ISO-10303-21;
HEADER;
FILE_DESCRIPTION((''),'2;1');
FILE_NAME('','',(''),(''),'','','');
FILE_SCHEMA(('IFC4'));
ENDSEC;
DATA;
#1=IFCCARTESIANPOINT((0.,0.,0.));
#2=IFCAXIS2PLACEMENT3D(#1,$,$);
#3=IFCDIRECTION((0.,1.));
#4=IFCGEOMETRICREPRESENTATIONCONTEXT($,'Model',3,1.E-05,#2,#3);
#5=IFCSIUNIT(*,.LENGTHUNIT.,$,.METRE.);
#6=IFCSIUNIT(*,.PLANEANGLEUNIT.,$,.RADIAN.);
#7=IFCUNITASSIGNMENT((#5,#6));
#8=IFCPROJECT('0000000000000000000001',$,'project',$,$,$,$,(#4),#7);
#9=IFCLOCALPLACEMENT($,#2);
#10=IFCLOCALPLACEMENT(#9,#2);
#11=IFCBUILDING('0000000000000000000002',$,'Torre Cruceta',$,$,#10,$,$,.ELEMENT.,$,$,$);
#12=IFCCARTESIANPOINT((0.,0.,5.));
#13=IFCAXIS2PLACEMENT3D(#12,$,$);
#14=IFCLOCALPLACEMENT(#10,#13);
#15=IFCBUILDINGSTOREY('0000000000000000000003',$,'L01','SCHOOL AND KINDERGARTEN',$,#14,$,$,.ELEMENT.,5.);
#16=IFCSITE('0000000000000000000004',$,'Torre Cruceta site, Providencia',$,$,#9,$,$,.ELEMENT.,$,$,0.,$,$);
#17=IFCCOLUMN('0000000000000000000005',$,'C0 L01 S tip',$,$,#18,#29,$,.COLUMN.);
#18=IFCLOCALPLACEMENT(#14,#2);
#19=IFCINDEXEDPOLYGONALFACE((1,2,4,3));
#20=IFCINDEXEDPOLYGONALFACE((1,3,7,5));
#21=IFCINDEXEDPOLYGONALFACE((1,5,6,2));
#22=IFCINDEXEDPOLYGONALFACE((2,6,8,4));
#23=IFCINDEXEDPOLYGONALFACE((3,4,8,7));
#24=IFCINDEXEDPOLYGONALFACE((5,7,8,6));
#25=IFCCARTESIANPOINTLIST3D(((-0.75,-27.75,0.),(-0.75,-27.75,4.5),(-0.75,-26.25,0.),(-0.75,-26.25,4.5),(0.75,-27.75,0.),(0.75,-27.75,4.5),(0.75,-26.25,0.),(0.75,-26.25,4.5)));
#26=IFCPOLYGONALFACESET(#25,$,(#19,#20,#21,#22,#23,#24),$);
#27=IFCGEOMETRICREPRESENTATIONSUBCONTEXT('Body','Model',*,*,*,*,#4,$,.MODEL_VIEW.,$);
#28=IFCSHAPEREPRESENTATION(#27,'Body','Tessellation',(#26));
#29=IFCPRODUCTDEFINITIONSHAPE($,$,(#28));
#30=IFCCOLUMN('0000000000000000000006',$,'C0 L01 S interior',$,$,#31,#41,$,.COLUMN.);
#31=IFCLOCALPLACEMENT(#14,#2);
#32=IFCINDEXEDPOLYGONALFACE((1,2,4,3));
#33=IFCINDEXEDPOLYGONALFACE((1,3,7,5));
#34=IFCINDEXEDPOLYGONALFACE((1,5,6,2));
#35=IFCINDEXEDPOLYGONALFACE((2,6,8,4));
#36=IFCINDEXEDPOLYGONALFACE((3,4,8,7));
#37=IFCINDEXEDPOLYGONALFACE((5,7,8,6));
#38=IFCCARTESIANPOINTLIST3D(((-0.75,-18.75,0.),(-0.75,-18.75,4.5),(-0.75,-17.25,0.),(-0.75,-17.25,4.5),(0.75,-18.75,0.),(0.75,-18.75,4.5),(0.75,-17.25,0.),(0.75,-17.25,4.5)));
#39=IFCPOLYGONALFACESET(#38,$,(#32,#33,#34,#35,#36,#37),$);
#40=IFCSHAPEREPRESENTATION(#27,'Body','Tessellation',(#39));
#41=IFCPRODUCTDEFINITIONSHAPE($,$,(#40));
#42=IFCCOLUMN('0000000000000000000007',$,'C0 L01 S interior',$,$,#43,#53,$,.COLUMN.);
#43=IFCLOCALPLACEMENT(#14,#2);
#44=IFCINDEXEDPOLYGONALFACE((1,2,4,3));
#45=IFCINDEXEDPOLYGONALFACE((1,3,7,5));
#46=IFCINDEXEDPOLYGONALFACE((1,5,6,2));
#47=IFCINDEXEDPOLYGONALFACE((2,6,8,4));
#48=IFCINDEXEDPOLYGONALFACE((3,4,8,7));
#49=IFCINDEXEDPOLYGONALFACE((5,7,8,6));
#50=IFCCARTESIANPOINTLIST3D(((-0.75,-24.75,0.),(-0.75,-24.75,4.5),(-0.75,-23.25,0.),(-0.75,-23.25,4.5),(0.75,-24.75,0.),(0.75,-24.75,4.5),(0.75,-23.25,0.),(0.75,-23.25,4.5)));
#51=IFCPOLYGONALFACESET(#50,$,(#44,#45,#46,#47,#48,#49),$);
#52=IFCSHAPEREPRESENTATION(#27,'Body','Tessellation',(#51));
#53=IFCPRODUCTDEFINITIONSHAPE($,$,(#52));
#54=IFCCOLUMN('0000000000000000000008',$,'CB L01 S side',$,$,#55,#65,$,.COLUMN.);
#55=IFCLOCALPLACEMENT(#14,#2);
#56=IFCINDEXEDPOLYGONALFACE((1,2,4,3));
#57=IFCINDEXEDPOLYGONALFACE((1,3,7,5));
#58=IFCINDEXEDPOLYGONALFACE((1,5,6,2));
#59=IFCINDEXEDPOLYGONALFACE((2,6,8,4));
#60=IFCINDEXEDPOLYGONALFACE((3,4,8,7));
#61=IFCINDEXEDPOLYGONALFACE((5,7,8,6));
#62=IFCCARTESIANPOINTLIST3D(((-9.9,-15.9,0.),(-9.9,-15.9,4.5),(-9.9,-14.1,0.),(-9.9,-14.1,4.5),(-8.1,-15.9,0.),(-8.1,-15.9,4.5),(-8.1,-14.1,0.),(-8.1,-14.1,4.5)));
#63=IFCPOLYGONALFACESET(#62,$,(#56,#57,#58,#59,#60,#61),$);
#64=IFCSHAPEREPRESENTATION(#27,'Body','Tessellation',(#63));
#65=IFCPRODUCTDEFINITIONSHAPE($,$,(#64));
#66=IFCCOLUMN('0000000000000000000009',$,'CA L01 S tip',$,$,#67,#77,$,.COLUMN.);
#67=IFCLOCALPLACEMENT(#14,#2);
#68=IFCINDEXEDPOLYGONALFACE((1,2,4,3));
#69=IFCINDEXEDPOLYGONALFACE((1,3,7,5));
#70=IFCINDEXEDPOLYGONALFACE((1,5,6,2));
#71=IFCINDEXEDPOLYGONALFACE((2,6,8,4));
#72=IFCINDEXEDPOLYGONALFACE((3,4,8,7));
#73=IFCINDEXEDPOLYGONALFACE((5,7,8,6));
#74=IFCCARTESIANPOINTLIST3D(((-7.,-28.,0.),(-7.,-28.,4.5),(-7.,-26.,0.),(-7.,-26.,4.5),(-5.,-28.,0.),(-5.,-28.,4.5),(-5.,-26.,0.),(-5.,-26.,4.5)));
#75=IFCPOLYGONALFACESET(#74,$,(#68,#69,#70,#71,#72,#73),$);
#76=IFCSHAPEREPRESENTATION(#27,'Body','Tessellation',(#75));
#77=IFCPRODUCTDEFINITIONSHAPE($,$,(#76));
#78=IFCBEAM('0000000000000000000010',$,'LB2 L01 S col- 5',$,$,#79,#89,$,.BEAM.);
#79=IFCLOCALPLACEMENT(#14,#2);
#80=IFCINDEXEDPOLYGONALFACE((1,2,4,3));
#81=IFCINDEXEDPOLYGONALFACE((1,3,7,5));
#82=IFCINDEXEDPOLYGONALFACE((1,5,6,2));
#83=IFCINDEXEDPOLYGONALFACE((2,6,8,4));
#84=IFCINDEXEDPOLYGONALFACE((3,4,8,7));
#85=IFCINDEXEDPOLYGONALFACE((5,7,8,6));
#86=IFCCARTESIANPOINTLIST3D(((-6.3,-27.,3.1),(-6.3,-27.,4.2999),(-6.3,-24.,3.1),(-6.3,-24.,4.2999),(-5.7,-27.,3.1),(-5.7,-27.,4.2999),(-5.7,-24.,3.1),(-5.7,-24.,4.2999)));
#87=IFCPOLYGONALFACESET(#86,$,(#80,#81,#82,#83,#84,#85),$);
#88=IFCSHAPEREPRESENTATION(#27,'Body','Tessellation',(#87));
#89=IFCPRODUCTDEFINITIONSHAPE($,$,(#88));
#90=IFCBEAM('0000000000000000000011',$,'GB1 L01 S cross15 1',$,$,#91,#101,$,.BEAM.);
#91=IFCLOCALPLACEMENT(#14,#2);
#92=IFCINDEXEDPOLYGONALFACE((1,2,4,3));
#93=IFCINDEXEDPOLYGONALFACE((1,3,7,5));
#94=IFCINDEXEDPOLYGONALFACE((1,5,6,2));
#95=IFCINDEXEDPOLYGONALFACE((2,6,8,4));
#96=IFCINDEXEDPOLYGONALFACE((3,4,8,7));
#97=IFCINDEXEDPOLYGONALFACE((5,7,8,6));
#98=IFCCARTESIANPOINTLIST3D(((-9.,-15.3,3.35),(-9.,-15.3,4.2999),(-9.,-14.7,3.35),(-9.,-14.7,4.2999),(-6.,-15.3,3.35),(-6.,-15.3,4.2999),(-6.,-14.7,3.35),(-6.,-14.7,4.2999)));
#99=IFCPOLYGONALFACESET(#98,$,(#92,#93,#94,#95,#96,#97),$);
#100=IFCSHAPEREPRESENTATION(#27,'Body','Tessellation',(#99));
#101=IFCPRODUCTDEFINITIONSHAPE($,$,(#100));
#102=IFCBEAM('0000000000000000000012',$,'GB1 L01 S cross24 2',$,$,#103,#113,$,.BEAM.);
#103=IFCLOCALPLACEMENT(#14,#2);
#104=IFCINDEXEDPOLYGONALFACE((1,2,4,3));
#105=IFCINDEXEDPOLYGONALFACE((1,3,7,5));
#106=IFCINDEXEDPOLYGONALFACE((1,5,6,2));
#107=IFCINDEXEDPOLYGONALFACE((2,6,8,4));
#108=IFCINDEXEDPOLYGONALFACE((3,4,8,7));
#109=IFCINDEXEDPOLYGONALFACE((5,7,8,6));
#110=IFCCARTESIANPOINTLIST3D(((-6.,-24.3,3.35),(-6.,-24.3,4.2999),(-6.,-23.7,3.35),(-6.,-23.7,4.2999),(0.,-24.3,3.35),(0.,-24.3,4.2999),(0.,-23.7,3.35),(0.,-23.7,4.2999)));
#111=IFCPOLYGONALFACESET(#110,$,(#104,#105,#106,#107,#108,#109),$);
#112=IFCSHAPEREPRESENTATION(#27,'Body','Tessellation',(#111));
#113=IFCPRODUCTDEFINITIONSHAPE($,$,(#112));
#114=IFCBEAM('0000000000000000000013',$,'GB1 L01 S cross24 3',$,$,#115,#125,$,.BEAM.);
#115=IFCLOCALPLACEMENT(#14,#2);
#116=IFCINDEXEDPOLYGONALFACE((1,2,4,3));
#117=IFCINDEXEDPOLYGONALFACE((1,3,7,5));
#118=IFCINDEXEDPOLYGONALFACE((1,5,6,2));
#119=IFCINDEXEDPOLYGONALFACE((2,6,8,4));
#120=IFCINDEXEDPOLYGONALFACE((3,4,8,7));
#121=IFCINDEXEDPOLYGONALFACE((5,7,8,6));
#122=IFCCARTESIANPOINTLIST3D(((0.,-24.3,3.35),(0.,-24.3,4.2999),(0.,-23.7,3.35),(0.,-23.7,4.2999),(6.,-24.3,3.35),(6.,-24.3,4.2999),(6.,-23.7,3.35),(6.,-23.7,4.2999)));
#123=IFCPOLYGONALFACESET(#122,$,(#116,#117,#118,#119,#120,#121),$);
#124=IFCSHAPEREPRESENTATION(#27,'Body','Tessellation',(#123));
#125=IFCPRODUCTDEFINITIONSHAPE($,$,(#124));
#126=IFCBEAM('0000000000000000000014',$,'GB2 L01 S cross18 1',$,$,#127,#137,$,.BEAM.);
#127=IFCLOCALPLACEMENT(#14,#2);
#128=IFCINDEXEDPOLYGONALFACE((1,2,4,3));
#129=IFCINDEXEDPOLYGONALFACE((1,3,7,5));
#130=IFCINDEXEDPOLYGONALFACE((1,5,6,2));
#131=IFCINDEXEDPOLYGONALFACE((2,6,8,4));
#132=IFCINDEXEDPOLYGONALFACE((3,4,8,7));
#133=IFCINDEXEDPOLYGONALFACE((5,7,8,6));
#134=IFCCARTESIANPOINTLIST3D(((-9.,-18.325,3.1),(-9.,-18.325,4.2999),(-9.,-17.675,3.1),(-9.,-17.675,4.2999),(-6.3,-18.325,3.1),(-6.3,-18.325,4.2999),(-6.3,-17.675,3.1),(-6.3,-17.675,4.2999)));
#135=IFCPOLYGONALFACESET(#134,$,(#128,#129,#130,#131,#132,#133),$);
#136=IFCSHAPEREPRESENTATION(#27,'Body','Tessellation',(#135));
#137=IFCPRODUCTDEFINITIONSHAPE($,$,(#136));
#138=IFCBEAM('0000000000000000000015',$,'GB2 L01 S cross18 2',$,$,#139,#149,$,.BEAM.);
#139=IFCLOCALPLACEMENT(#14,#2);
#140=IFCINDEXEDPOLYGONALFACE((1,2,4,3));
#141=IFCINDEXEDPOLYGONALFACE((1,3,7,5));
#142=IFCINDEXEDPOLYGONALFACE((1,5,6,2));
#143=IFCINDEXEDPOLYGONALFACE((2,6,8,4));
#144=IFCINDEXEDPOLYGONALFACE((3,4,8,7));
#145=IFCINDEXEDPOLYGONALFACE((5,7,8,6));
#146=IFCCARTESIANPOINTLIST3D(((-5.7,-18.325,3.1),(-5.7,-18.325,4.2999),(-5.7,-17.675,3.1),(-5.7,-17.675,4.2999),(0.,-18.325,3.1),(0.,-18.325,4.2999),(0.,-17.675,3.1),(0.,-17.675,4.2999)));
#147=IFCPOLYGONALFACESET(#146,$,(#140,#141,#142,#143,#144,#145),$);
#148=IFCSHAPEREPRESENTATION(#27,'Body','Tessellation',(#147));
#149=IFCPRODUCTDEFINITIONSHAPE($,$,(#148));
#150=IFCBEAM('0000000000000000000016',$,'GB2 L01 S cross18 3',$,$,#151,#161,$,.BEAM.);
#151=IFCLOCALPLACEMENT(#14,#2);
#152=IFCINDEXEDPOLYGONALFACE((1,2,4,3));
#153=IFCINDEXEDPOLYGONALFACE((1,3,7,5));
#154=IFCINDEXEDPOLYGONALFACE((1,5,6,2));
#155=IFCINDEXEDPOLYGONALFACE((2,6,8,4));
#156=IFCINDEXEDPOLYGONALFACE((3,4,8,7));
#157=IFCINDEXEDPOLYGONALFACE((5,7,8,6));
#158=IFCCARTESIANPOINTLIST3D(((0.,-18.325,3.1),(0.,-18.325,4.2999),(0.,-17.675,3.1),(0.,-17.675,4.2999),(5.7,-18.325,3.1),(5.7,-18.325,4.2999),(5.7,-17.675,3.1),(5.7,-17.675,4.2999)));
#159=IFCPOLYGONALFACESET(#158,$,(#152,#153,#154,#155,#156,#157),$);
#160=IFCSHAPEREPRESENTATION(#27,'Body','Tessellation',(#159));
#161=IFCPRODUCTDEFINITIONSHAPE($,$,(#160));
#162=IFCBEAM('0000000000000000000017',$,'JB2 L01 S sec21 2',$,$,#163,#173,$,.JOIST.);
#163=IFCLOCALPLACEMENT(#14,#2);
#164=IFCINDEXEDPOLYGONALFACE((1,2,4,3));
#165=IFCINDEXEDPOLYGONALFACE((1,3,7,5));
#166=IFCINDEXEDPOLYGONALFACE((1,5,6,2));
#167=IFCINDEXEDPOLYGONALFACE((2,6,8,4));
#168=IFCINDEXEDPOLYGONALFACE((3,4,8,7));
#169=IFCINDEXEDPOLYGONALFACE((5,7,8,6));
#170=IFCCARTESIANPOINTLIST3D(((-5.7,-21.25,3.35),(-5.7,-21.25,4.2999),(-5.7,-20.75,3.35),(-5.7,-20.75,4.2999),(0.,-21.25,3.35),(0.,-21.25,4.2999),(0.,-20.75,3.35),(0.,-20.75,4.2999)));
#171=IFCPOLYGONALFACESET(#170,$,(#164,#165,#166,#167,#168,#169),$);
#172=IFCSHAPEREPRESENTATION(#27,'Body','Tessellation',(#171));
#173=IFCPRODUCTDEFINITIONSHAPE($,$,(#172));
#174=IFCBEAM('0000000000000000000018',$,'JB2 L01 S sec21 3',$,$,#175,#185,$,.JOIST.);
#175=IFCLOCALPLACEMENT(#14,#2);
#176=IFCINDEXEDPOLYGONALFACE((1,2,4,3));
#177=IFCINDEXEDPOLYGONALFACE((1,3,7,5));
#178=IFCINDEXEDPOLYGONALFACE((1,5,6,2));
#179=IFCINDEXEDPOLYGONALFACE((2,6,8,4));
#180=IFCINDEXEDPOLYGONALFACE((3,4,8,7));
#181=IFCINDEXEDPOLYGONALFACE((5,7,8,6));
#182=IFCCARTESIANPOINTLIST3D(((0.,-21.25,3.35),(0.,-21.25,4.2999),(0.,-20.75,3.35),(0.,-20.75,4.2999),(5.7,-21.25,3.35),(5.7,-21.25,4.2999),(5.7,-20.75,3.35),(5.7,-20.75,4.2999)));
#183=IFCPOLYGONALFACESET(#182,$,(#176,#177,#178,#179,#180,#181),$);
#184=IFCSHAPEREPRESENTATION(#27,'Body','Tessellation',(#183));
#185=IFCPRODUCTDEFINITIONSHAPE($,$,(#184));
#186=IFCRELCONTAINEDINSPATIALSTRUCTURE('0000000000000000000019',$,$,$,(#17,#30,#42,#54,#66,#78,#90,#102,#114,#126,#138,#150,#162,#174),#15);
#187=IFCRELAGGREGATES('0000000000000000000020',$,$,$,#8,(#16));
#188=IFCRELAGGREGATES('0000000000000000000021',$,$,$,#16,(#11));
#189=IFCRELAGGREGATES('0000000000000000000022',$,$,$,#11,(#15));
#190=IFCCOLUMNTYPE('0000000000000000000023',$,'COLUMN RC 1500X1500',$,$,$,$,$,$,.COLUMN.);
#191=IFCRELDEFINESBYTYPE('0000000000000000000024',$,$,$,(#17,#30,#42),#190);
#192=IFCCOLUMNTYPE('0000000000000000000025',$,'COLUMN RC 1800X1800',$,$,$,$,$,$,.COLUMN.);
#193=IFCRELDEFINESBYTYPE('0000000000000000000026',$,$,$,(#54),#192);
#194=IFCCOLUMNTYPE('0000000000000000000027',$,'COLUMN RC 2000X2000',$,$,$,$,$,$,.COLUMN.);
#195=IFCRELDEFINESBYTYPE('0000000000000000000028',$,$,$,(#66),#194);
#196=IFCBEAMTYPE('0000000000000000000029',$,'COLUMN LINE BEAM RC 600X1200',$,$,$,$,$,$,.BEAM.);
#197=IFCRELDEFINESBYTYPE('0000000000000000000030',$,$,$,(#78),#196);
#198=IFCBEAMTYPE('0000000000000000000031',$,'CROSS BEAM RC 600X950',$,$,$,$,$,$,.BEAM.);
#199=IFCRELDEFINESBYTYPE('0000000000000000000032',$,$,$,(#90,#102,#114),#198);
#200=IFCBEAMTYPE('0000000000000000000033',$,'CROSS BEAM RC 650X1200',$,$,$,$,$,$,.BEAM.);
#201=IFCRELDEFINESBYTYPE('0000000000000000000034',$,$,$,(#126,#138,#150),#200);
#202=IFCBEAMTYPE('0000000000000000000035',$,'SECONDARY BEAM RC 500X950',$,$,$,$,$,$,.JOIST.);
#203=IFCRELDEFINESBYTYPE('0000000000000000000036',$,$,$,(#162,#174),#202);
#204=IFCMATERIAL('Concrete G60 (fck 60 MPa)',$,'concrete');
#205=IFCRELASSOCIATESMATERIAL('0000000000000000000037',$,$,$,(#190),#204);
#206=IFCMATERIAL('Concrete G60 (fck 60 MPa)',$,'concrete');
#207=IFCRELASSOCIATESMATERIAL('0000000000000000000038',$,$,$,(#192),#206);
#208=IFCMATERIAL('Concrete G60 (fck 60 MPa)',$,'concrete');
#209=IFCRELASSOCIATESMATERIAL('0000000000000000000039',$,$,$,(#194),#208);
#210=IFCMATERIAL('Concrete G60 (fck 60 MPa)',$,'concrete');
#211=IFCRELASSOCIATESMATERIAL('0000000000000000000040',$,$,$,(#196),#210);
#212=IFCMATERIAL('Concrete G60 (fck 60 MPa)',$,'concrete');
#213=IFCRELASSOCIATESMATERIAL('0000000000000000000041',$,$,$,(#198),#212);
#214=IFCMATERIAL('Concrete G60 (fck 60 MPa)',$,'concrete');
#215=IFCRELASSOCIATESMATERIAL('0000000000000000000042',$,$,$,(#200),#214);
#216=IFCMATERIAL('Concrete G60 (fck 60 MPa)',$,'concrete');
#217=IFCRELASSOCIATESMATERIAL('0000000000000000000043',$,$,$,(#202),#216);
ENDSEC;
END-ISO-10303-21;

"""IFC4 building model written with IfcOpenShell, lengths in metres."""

from ifc_helpers import new_model, si_unit, direction, frame, origin, origin_2d, place, context, subcontext, project, spatial, rectangle, extrude, material, material_profile, profile_set, type_object, element, save


model = new_model("IFC4")

# Units and contexts
model_context = context("Model", 3, precision=1e-05, world=origin(), true_north=direction((0.0, 1.0)))
body_context = subcontext(model_context, "Body", "Model", "MODEL_VIEW")
ifc_project = project(units=[si_unit("LENGTHUNIT", "METRE"), si_unit("PLANEANGLEUNIT", "RADIAN")], contexts=[model_context])

# Site, building, storey
site_placement = place(None, origin())
site = spatial("IfcSite", under=ifc_project, at=site_placement, Name="Torre Cruceta site, Providencia", CompositionType="ELEMENT", RefElevation=0.0)
building_placement = place(site_placement, origin())
building = spatial("IfcBuilding", under=site, at=building_placement, Name="Torre Cruceta", CompositionType="ELEMENT")
storey_placement = place(building_placement, frame((0.0, 0.0, 5.0)))
storey = spatial("IfcBuildingStorey", under=building, at=storey_placement, Name="L01", Description="SCHOOL AND KINDERGARTEN", CompositionType="ELEMENT", Elevation=5.0)

# Columns
ifc_material_1 = material(Name="Concrete G60 (fck 60 MPa)", Category="concrete")
ifc_material_profile_1 = material_profile(ifc_material_1, rectangle(XDim=1.5, YDim=1.5, at=origin_2d()), Name="RC 1500X1500")
ifc_profile_set_1 = profile_set([ifc_material_profile_1], Name="Concrete G60 (fck 60 MPa)")
column_type_1 = type_object("IfcColumnType", Name="COLUMN RC 1500X1500", PredefinedType="COLUMN", material=ifc_profile_set_1)
for number, where, z_axis, x_axis, name in (
    (1, (0.0, -27.0, 0.0), (0.0, 0.0, 1.0), (1.0, 0.0, 0.0), "C0 L01 S tip"),
    (2, (0.0, -18.0, 0.0), (0.0, 0.0, 1.0), (1.0, 0.0, 0.0), "C0 L01 S interior"),
    (3, (0.0, -24.0, 0.0), (0.0, 0.0, 1.0), (1.0, 0.0, 0.0), "C0 L01 S interior"),
):
    element("IfcColumn", number, at=place(storey_placement, frame(where, z_axis=z_axis, x_axis=x_axis)), inside=storey, type_object=column_type_1, Name=name, PredefinedType="COLUMN", context=body_context, shape_type="SweptSolid", body=[
        extrude(rectangle(XDim=1.5, YDim=1.5, at=origin_2d()), origin(), (0.0, 0.0, 1.0), 4.5),
    ])
ifc_material_2 = material(Name="Concrete G60 (fck 60 MPa)", Category="concrete")
ifc_material_profile_2 = material_profile(ifc_material_2, rectangle(XDim=1.8, YDim=1.8, at=origin_2d()), Name="RC 1800X1800")
ifc_profile_set_2 = profile_set([ifc_material_profile_2], Name="Concrete G60 (fck 60 MPa)")
column_type_2 = type_object("IfcColumnType", Name="COLUMN RC 1800X1800", PredefinedType="COLUMN", material=ifc_profile_set_2)
column_1_placement = place(storey_placement, frame((-9.0, -15.0, 0.0), z_axis=(0.0, 0.0, 1.0), x_axis=(1.0, 0.0, 0.0)))
element("IfcColumn", 4, at=column_1_placement, inside=storey, type_object=column_type_2, Name="CB L01 S side", PredefinedType="COLUMN", context=body_context, shape_type="SweptSolid", body=[
    extrude(rectangle(XDim=1.8, YDim=1.8, at=origin_2d()), origin(), (0.0, 0.0, 1.0), 4.5),
])
ifc_material_3 = material(Name="Concrete G60 (fck 60 MPa)", Category="concrete")
ifc_material_profile_3 = material_profile(ifc_material_3, rectangle(XDim=2.0, YDim=2.0, at=origin_2d()), Name="RC 2000X2000")
ifc_profile_set_3 = profile_set([ifc_material_profile_3], Name="Concrete G60 (fck 60 MPa)")
column_type_3 = type_object("IfcColumnType", Name="COLUMN RC 2000X2000", PredefinedType="COLUMN", material=ifc_profile_set_3)
column_2_placement = place(storey_placement, frame((-6.0, -27.0, 0.0), z_axis=(0.0, 0.0, 1.0), x_axis=(1.0, 0.0, 0.0)))
element("IfcColumn", 5, at=column_2_placement, inside=storey, type_object=column_type_3, Name="CA L01 S tip", PredefinedType="COLUMN", context=body_context, shape_type="SweptSolid", body=[
    extrude(rectangle(XDim=2.0, YDim=2.0, at=origin_2d()), origin(), (0.0, 0.0, 1.0), 4.5),
])

# Beams
ifc_material_4 = material(Name="Concrete G60 (fck 60 MPa)", Category="concrete")
ifc_material_profile_4 = material_profile(ifc_material_4, rectangle(XDim=0.6001, YDim=1.2, at=origin_2d()), Name="RC 600X1200")
ifc_profile_set_4 = profile_set([ifc_material_profile_4], Name="Concrete G60 (fck 60 MPa)")
beam_type_1 = type_object("IfcBeamType", Name="COLUMN LINE BEAM RC 600X1200", PredefinedType="BEAM", material=ifc_profile_set_4)
beam_1_placement = place(storey_placement, frame((-6.0, -24.0, 3.7), z_axis=(0.0, -1.0, 0.0), x_axis=(1.0, 0.0, 0.0)))
element("IfcBeam", 6, at=beam_1_placement, inside=storey, type_object=beam_type_1, Name="LB2 L01 S col- 5", PredefinedType="BEAM", context=body_context, shape_type="SweptSolid", body=[
    extrude(rectangle(XDim=0.6001, YDim=1.2, at=origin_2d()), origin(), (0.0, 0.0, 1.0), 3.0),
])
ifc_material_5 = material(Name="Concrete G60 (fck 60 MPa)", Category="concrete")
ifc_material_profile_5 = material_profile(ifc_material_5, rectangle(XDim=0.6001, YDim=0.95, at=origin_2d()), Name="RC 600X950")
ifc_profile_set_5 = profile_set([ifc_material_profile_5], Name="Concrete G60 (fck 60 MPa)")
beam_type_2 = type_object("IfcBeamType", Name="CROSS BEAM RC 600X950", PredefinedType="BEAM", material=ifc_profile_set_5)
beam_2_placement = place(storey_placement, frame((-9.0, -15.0, 3.825), z_axis=(1.0, 0.0, 0.0), x_axis=(0.0, 1.0, 0.0)))
element("IfcBeam", 7, at=beam_2_placement, inside=storey, type_object=beam_type_2, Name="GB1 L01 S cross15 1", PredefinedType="BEAM", context=body_context, shape_type="SweptSolid", body=[
    extrude(rectangle(XDim=0.6001, YDim=0.95, at=origin_2d()), origin(), (0.0, 0.0, 1.0), 3.0),
])
for number, where, z_axis, x_axis, name in (
    (8, (-6.0, -24.0, 3.825), (1.0, 0.0, 0.0), (0.0, 1.0, 0.0), "GB1 L01 S cross24 2"),
    (9, (0.0, -24.0, 3.825), (1.0, 0.0, 0.0), (0.0, 1.0, 0.0), "GB1 L01 S cross24 3"),
):
    element("IfcBeam", number, at=place(storey_placement, frame(where, z_axis=z_axis, x_axis=x_axis)), inside=storey, type_object=beam_type_2, Name=name, PredefinedType="BEAM", context=body_context, shape_type="SweptSolid", body=[
        extrude(rectangle(XDim=0.6001, YDim=0.95, at=origin_2d()), origin(), (0.0, 0.0, 1.0), 6.0),
    ])
ifc_material_6 = material(Name="Concrete G60 (fck 60 MPa)", Category="concrete")
ifc_material_profile_6 = material_profile(ifc_material_6, rectangle(XDim=0.6499, YDim=1.2, at=origin_2d()), Name="RC 650X1200")
ifc_profile_set_6 = profile_set([ifc_material_profile_6], Name="Concrete G60 (fck 60 MPa)")
beam_type_3 = type_object("IfcBeamType", Name="CROSS BEAM RC 650X1200", PredefinedType="BEAM", material=ifc_profile_set_6)
beam_3_placement = place(storey_placement, frame((-9.0, -18.0, 3.7), z_axis=(1.0, 0.0, 0.0), x_axis=(0.0, 1.0, 0.0)))
element("IfcBeam", 10, at=beam_3_placement, inside=storey, type_object=beam_type_3, Name="GB2 L01 S cross18 1", PredefinedType="BEAM", context=body_context, shape_type="SweptSolid", body=[
    extrude(rectangle(XDim=0.6499, YDim=1.2, at=origin_2d()), origin(), (0.0, 0.0, 1.0), 2.7),
])
for number, where, z_axis, x_axis, name in (
    (11, (-5.7, -18.0, 3.7), (1.0, 0.0, 0.0), (0.0, 1.0, 0.0), "GB2 L01 S cross18 2"),
    (12, (0.0, -18.0, 3.7), (1.0, 0.0, 0.0), (0.0, 1.0, 0.0), "GB2 L01 S cross18 3"),
):
    element("IfcBeam", number, at=place(storey_placement, frame(where, z_axis=z_axis, x_axis=x_axis)), inside=storey, type_object=beam_type_3, Name=name, PredefinedType="BEAM", context=body_context, shape_type="SweptSolid", body=[
        extrude(rectangle(XDim=0.6499, YDim=1.2, at=origin_2d()), origin(), (0.0, 0.0, 1.0), 5.7),
    ])
ifc_material_7 = material(Name="Concrete G60 (fck 60 MPa)", Category="concrete")
ifc_material_profile_7 = material_profile(ifc_material_7, rectangle(XDim=0.5, YDim=0.95, at=origin_2d()), Name="RC 500X950")
ifc_profile_set_7 = profile_set([ifc_material_profile_7], Name="Concrete G60 (fck 60 MPa)")
beam_type_4 = type_object("IfcBeamType", Name="SECONDARY BEAM RC 500X950", PredefinedType="JOIST", material=ifc_profile_set_7)
for number, where, z_axis, x_axis, name in (
    (13, (-5.7, -21.0, 3.825), (1.0, 0.0, 0.0), (0.0, 1.0, 0.0), "JB2 L01 S sec21 2"),
    (14, (0.0, -21.0, 3.825), (1.0, 0.0, 0.0), (0.0, 1.0, 0.0), "JB2 L01 S sec21 3"),
):
    element("IfcBeam", number, at=place(storey_placement, frame(where, z_axis=z_axis, x_axis=x_axis)), inside=storey, type_object=beam_type_4, Name=name, PredefinedType="JOIST", context=body_context, shape_type="SweptSolid", body=[
        extrude(rectangle(XDim=0.5, YDim=0.95, at=origin_2d()), origin(), (0.0, 0.0, 1.0), 5.7),
    ])

save(model, "model.ifc")
